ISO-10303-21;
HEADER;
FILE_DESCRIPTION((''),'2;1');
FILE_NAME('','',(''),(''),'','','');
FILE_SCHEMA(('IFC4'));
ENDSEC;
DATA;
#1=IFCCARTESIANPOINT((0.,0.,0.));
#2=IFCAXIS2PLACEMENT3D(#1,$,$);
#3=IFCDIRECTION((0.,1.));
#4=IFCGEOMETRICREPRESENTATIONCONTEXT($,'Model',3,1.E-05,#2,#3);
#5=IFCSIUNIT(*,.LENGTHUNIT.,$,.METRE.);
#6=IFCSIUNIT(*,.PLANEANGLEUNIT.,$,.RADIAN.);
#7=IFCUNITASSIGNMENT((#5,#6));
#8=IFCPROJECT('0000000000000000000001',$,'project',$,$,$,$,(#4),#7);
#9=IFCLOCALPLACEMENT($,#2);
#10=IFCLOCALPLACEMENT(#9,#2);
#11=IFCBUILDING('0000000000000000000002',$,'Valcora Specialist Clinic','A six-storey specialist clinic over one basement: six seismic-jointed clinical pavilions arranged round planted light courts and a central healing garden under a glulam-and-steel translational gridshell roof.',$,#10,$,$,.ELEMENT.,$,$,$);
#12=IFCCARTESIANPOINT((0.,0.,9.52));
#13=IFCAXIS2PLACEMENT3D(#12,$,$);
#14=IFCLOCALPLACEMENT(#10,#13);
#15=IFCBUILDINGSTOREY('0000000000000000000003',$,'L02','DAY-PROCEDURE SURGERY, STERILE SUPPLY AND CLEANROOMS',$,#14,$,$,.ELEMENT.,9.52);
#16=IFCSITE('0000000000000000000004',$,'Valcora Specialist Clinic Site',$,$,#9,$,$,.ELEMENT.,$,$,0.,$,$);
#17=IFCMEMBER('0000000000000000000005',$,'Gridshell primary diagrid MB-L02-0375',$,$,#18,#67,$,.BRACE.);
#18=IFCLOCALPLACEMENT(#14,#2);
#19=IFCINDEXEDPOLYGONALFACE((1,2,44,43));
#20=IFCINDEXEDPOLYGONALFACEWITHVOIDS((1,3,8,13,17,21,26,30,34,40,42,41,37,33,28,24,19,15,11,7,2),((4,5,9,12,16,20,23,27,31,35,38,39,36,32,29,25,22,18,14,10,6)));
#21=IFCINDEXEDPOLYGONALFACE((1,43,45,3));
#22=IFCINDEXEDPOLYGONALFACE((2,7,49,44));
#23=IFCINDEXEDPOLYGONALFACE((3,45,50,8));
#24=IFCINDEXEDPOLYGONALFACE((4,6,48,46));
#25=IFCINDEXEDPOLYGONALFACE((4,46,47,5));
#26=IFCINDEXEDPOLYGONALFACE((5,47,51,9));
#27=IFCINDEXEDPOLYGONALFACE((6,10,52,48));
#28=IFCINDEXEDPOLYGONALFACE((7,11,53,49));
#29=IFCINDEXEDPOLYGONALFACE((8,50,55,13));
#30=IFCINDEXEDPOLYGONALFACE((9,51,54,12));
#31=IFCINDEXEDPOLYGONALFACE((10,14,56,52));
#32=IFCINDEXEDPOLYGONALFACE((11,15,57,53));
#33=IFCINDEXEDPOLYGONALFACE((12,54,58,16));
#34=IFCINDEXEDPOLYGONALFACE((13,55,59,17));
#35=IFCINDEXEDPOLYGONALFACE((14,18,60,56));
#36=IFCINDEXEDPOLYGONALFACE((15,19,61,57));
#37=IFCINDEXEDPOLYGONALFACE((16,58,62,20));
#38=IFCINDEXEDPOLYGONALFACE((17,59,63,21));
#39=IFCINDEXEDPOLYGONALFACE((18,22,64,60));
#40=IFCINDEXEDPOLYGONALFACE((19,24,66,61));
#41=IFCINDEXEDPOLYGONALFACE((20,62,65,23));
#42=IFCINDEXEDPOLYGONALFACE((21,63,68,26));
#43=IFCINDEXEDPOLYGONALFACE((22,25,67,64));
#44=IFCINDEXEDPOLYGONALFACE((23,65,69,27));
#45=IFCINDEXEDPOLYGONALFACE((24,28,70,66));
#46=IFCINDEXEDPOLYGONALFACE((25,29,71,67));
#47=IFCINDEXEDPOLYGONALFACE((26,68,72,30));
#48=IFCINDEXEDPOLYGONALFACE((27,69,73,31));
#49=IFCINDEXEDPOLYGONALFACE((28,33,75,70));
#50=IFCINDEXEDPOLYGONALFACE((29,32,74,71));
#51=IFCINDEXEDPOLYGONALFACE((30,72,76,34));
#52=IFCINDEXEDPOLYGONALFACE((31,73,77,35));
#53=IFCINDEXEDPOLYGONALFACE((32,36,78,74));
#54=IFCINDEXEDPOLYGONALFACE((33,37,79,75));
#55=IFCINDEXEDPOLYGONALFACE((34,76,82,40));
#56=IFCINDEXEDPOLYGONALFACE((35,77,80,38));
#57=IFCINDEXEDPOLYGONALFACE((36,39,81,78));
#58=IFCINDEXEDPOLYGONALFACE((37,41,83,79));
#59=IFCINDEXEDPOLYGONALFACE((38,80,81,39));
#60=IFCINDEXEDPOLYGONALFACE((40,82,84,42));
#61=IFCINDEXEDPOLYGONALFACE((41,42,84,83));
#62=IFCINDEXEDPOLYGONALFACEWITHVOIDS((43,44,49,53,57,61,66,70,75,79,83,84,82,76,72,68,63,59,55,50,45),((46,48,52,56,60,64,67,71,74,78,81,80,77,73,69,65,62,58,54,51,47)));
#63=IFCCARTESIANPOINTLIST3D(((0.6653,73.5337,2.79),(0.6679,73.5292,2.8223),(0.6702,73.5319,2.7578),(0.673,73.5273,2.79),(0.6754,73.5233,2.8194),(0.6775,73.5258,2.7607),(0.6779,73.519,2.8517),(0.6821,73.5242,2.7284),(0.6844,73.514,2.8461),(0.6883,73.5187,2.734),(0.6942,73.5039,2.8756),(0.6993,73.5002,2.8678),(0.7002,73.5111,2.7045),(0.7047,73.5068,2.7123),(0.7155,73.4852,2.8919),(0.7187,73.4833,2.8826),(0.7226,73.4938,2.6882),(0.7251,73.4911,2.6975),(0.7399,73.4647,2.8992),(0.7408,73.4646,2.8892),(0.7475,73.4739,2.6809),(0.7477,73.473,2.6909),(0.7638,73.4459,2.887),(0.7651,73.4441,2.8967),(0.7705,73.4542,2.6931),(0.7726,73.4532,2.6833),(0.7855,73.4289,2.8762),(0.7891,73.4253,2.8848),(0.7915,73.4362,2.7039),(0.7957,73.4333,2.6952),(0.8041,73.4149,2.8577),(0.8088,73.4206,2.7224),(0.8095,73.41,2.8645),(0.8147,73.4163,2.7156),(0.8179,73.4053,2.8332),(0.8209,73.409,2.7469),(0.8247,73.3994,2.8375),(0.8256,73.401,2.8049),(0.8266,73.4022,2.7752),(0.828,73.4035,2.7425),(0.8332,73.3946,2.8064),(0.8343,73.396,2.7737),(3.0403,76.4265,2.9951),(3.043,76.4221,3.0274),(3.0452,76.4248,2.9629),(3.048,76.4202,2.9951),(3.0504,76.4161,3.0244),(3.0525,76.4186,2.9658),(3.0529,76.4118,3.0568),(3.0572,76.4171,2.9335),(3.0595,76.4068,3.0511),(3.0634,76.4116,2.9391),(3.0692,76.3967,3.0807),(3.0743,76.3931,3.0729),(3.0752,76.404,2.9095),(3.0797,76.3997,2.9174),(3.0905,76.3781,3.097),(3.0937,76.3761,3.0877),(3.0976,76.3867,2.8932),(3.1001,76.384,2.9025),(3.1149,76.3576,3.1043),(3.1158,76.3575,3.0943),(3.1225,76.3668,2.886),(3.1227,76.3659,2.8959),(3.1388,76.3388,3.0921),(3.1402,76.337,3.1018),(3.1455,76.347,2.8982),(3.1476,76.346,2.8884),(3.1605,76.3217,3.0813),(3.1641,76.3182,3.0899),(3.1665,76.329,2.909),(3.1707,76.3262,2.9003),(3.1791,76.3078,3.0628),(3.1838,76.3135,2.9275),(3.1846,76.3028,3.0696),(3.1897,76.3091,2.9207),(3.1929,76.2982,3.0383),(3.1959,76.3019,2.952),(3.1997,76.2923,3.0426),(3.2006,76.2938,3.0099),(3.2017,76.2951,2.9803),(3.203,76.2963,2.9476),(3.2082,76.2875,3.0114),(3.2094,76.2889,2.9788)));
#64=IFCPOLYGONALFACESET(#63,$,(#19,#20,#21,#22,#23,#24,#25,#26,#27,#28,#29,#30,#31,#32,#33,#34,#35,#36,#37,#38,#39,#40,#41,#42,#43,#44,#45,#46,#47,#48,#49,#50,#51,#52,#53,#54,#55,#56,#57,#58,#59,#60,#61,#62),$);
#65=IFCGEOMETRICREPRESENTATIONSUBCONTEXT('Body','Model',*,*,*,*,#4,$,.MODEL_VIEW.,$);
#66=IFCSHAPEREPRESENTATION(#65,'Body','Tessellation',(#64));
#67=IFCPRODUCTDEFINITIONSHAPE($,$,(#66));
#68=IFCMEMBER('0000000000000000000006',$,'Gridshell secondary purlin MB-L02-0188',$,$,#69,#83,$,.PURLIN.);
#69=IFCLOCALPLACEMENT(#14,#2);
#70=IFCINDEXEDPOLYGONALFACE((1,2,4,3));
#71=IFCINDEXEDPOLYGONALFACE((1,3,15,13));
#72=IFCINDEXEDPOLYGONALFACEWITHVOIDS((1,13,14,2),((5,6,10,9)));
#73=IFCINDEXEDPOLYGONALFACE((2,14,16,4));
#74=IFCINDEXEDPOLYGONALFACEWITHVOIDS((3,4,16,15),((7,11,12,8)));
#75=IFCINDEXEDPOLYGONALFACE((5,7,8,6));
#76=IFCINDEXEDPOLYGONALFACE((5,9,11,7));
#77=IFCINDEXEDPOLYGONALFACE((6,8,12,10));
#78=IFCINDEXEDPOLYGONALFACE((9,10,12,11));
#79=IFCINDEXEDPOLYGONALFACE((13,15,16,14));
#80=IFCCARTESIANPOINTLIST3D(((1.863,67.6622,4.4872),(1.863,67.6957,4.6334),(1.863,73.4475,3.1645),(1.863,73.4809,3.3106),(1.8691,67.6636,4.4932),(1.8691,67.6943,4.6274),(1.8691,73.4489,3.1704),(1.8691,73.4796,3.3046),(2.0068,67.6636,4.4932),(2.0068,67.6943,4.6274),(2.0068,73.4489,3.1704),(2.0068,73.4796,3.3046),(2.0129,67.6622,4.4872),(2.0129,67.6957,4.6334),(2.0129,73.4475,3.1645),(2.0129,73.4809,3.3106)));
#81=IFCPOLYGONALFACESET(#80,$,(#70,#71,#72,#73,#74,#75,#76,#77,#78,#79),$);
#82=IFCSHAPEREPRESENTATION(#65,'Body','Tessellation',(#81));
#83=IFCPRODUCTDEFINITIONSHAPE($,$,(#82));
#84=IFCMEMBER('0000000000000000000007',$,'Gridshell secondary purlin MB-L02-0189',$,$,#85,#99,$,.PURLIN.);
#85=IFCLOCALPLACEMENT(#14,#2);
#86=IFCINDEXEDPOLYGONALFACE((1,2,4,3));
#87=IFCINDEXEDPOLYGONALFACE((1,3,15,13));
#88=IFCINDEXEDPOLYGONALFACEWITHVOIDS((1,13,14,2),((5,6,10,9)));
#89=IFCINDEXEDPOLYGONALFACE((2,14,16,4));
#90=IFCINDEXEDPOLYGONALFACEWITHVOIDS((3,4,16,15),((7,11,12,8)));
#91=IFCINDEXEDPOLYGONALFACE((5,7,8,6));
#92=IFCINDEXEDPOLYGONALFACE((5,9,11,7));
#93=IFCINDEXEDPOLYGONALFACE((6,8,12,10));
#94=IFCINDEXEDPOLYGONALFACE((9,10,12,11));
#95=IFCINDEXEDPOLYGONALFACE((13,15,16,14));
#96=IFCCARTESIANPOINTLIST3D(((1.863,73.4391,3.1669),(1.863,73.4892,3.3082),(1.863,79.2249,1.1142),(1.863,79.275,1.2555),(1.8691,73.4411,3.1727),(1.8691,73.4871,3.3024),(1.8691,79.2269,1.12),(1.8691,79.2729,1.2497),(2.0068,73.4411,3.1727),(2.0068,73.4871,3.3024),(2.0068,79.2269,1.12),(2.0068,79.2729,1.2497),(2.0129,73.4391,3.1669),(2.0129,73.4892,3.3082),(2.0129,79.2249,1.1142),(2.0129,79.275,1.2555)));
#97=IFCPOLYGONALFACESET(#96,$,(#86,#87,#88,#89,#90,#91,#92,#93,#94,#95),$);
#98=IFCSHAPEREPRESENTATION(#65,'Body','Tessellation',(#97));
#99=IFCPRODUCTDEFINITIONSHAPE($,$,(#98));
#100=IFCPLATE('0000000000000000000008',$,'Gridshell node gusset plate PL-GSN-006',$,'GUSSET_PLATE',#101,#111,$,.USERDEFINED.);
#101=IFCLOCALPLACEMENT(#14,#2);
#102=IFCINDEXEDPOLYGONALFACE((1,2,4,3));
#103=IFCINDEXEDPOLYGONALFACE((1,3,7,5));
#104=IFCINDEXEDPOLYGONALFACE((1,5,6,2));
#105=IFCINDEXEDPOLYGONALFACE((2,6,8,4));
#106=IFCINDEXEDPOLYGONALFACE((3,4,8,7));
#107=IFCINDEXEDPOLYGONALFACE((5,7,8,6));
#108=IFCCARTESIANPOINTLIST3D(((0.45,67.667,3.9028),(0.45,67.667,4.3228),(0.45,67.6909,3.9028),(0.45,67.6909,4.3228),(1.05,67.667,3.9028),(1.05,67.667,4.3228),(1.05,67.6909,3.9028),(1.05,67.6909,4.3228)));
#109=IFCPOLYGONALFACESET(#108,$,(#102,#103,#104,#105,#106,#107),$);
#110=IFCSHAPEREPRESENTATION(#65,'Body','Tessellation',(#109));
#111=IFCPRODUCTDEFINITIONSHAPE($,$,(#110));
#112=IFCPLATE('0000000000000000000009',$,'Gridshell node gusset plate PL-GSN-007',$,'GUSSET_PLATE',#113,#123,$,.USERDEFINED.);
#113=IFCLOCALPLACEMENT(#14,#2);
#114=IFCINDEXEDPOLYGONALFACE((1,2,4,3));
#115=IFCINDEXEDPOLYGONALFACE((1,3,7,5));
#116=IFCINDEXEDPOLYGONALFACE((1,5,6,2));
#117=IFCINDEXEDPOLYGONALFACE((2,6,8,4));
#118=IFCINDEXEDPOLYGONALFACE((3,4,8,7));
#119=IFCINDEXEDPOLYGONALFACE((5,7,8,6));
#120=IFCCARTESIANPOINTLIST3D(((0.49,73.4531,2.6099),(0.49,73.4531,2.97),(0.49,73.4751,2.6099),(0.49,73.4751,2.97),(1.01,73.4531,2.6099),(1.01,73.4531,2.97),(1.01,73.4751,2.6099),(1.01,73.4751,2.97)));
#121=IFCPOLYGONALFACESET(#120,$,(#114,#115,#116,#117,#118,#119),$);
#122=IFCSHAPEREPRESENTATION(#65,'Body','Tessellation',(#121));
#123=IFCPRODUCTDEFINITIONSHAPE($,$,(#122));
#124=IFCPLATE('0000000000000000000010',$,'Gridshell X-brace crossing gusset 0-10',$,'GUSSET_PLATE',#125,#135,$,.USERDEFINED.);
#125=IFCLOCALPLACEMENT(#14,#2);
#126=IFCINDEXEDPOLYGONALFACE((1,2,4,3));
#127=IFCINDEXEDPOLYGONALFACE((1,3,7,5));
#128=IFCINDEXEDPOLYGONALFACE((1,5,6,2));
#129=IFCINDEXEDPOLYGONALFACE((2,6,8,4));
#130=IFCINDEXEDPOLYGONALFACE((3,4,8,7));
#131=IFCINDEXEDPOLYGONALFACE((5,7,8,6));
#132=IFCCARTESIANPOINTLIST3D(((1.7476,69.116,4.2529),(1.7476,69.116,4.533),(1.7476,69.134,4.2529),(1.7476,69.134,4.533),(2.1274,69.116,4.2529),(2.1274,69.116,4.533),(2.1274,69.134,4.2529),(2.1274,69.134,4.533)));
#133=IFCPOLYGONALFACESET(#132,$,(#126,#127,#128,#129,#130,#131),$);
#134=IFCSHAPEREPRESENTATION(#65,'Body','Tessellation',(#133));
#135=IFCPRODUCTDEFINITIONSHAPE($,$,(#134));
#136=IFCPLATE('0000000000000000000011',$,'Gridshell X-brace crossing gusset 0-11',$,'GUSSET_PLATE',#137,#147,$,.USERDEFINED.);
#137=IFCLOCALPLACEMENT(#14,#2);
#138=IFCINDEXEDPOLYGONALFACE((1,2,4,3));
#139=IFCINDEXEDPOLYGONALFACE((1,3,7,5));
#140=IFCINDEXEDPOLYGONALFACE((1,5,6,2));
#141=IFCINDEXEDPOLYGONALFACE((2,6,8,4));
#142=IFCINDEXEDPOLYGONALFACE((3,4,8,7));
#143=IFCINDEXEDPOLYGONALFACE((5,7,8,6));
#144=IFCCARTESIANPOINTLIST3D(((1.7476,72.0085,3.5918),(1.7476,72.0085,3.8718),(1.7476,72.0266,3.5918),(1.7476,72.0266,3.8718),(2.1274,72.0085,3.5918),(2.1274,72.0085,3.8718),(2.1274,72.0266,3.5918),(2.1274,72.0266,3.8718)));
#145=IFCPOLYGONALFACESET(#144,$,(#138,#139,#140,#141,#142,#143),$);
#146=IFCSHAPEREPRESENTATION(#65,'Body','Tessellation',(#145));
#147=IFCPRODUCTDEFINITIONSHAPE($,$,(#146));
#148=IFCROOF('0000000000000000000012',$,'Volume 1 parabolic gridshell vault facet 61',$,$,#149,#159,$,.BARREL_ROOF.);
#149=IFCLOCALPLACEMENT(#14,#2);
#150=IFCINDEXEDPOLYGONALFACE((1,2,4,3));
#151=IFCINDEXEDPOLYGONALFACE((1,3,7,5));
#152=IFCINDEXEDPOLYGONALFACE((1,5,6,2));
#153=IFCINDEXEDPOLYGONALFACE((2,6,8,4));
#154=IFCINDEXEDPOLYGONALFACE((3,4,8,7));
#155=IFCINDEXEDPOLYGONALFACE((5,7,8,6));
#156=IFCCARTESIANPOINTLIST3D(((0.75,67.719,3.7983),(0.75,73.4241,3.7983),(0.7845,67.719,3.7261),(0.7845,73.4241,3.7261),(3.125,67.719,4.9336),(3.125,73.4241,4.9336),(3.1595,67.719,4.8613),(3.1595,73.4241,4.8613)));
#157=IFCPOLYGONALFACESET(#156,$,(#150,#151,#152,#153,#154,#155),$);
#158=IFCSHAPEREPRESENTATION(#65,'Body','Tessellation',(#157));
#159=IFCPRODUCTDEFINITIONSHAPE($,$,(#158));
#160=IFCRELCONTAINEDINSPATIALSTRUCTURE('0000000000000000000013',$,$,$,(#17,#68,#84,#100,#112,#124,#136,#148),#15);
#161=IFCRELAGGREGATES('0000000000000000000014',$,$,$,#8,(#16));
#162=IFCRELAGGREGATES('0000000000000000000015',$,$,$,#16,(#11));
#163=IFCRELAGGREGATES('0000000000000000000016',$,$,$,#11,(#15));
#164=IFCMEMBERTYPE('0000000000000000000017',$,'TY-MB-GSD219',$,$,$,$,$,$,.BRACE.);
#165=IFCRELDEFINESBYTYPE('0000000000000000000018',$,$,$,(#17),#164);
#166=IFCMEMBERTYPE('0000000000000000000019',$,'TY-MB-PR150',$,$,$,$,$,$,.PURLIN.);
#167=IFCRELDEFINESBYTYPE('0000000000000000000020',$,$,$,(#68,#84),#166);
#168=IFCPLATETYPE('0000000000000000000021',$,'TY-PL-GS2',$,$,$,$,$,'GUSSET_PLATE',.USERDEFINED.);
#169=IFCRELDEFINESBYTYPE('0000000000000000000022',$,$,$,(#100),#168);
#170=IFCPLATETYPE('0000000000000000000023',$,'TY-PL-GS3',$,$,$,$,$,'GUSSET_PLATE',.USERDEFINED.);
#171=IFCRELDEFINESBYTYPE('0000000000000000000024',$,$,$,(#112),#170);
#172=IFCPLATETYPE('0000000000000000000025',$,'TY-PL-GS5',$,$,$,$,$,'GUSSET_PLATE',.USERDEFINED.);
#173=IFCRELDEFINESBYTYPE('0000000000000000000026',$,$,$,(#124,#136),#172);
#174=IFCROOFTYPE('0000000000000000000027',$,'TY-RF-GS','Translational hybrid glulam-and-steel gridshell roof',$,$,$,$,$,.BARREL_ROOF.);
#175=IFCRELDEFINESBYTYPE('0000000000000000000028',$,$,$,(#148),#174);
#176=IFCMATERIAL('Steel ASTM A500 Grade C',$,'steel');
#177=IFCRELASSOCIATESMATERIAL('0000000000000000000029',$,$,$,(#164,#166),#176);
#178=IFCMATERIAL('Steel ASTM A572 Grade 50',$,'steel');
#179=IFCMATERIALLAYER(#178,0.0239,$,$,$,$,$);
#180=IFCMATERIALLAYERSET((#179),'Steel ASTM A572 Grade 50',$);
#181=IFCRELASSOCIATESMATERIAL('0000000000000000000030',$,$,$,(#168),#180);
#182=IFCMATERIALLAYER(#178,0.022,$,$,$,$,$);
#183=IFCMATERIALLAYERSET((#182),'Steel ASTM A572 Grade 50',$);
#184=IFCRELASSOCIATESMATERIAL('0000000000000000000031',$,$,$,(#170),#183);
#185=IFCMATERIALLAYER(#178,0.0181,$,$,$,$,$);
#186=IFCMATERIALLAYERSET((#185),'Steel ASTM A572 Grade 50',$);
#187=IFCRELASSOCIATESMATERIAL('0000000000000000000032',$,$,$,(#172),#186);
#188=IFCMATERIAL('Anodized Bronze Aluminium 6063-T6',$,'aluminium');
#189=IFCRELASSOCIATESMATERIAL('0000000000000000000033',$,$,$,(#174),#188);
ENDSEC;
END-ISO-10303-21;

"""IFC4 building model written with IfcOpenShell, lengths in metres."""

from ifc_helpers import new_model, si_unit, direction, frame, origin, origin_2d, place, context, subcontext, project, spatial, polyline, rectangle, hollow_rectangle, hollow_circle, outline, extrude, material, layer, layer_set, material_profile, profile_set, type_object, element, save


model = new_model("IFC4")

# Units and contexts
model_context = context("Model", 3, precision=1e-05, world=origin(), true_north=direction((0.0, 1.0)))
body_context = subcontext(model_context, "Body", "Model", "MODEL_VIEW")
ifc_project = project(units=[si_unit("LENGTHUNIT", "METRE"), si_unit("PLANEANGLEUNIT", "RADIAN")], contexts=[model_context])

# Site, building, storey
site_placement = place(None, origin())
site = spatial("IfcSite", under=ifc_project, at=site_placement, Name="Valcora Specialist Clinic Site", CompositionType="ELEMENT", RefElevation=0.0)
building_placement = place(site_placement, origin())
building = spatial("IfcBuilding", under=site, at=building_placement, Name="Valcora Specialist Clinic", Description="A six-storey specialist clinic over one basement: six seismic-jointed clinical pavilions arranged round planted light courts and a central healing garden under a glulam-and-steel translational gridshell roof.", CompositionType="ELEMENT")
storey_placement = place(building_placement, frame((0.0, 0.0, 9.52)))
storey = spatial("IfcBuildingStorey", under=building, at=storey_placement, Name="L02", Description="DAY-PROCEDURE SURGERY, STERILE SUPPLY AND CLEANROOMS", CompositionType="ELEMENT", Elevation=9.52)

# Members
ifc_material_1 = material(Name="Steel ASTM A500 Grade C", Category="steel")
ifc_material_profile_1 = material_profile(ifc_material_1, hollow_circle(Radius=0.1096, WallThickness=0.01, at=origin_2d()), Name="ST-CHS-219X10")
ifc_profile_set_1 = profile_set([ifc_material_profile_1], Name="Steel ASTM A500 Grade C")
member_type_1 = type_object("IfcMemberType", Name="TY-MB-GSD219", PredefinedType="BRACE", material=ifc_profile_set_1)
member_1_placement = place(storey_placement, frame((0.75, 73.4641, 2.79), z_axis=(0.63359, 0.771732, 0.05471), x_axis=(-0.77289, 0.63454, 0.0)))
element("IfcMember", 1, at=member_1_placement, inside=storey, type_object=member_type_1, Name="Gridshell primary diagrid MB-L02-0375", PredefinedType="BRACE", context=body_context, shape_type="SweptSolid", body=[
    extrude(hollow_circle(Radius=0.1096, WallThickness=0.01, at=origin_2d()), origin(), (0.0, 0.0, 1.0), 3.7485),
])
ifc_material_profile_2 = material_profile(ifc_material_1, hollow_rectangle(XDim=0.1499, YDim=0.1499, WallThickness=0.0061, at=origin_2d()), Name="ST-RHS-150X150X6")
ifc_profile_set_2 = profile_set([ifc_material_profile_2], Name="Steel ASTM A500 Grade C")
member_type_2 = type_object("IfcMemberType", Name="TY-MB-PR150", PredefinedType="PURLIN", material=ifc_profile_set_2)
member_2_placement = place(storey_placement, frame((1.938, 67.679, 4.5603), z_axis=(0.0, 0.974843, -0.222894), x_axis=(-1.0, 0.0, 0.0)))
element("IfcMember", 2, at=member_2_placement, inside=storey, type_object=member_type_2, Name="Gridshell secondary purlin MB-L02-0188", PredefinedType="PURLIN", context=body_context, shape_type="SweptSolid", body=[
    extrude(hollow_rectangle(XDim=0.1499, YDim=0.1499, WallThickness=0.0061, at=origin_2d()), origin(), (0.0, 0.0, 1.0), 5.9346),
])
member_3_placement = place(storey_placement, frame((1.938, 73.4641, 3.2375), z_axis=(0.0, 0.942444, -0.334363), x_axis=(-1.0, 0.0, 0.0)))
element("IfcMember", 3, at=member_3_placement, inside=storey, type_object=member_type_2, Name="Gridshell secondary purlin MB-L02-0189", PredefinedType="PURLIN", context=body_context, shape_type="SweptSolid", body=[
    extrude(hollow_rectangle(XDim=0.1499, YDim=0.1499, WallThickness=0.0061, at=origin_2d()), origin(), (0.0, 0.0, 1.0), 6.1392),
])

# Plates
ifc_material_2 = material(Name="Steel ASTM A572 Grade 50", Category="steel")
ifc_layer_1 = layer(ifc_material_2, 0.0239)
ifc_layer_set_1 = layer_set([ifc_layer_1], Name="Steel ASTM A572 Grade 50")
plate_type_1 = type_object("IfcPlateType", Name="TY-PL-GS2", ElementType="GUSSET_PLATE", PredefinedType="USERDEFINED", material=ifc_layer_set_1)
plate_1_placement = place(storey_placement, frame((0.75, 67.679, 3.9028), z_axis=(0.0, 0.0, 1.0), x_axis=(1.0, 0.0, 0.0)))
element("IfcPlate", 4, at=plate_1_placement, inside=storey, type_object=plate_type_1, Name="Gridshell node gusset plate PL-GSN-006", ObjectType="GUSSET_PLATE", PredefinedType="USERDEFINED", context=body_context, shape_type="SweptSolid", body=[
    extrude(rectangle(XDim=0.6001, YDim=0.0239, at=origin_2d()), origin(), (0.0, 0.0, 1.0), 0.4199),
])
ifc_layer_2 = layer(ifc_material_2, 0.022)
ifc_layer_set_2 = layer_set([ifc_layer_2], Name="Steel ASTM A572 Grade 50")
plate_type_2 = type_object("IfcPlateType", Name="TY-PL-GS3", ElementType="GUSSET_PLATE", PredefinedType="USERDEFINED", material=ifc_layer_set_2)
plate_2_placement = place(storey_placement, frame((0.75, 73.4641, 2.6099), z_axis=(0.0, 0.0, 1.0), x_axis=(1.0, 0.0, 0.0)))
element("IfcPlate", 5, at=plate_2_placement, inside=storey, type_object=plate_type_2, Name="Gridshell node gusset plate PL-GSN-007", ObjectType="GUSSET_PLATE", PredefinedType="USERDEFINED", context=body_context, shape_type="SweptSolid", body=[
    extrude(rectangle(XDim=0.52, YDim=0.022, at=origin_2d()), origin(), (0.0, 0.0, 1.0), 0.3601),
])
ifc_layer_3 = layer(ifc_material_2, 0.0181)
ifc_layer_set_3 = layer_set([ifc_layer_3], Name="Steel ASTM A572 Grade 50")
plate_type_3 = type_object("IfcPlateType", Name="TY-PL-GS5", ElementType="GUSSET_PLATE", PredefinedType="USERDEFINED", material=ifc_layer_set_3)
for number, where, z_axis, x_axis, name in (
    (6, (1.9375, 69.125, 4.2529), (0.0, 0.0, 1.0), (1.0, 0.0, 0.0), "Gridshell X-brace crossing gusset 0-10"),
    (7, (1.9375, 72.0176, 3.5918), (0.0, 0.0, 1.0), (1.0, 0.0, 0.0), "Gridshell X-brace crossing gusset 0-11"),
):
    element("IfcPlate", number, at=place(storey_placement, frame(where, z_axis=z_axis, x_axis=x_axis)), inside=storey, type_object=plate_type_3, Name=name, ObjectType="GUSSET_PLATE", PredefinedType="USERDEFINED", context=body_context, shape_type="SweptSolid", body=[
        extrude(rectangle(XDim=0.3799, YDim=0.0181, at=origin_2d()), origin(), (0.0, 0.0, 1.0), 0.28),
    ])

# Roof
ifc_material_3 = material(Name="Anodized Bronze Aluminium 6063-T6", Category="aluminium")
roof_type = type_object("IfcRoofType", Name="TY-RF-GS", Description="Translational hybrid glulam-and-steel gridshell roof", PredefinedType="BARREL_ROOF", material=ifc_material_3)
roof_placement = place(storey_placement, frame((0.75, 67.719, 3.7983), z_axis=(-0.431265, 0.0, 0.902225), x_axis=(0.902225, 0.0, 0.431265)))
element("IfcRoof", 8, at=roof_placement, inside=storey, type_object=roof_type, Name="Volume 1 parabolic gridshell vault facet 61", PredefinedType="BARREL_ROOF", context=body_context, shape_type="SweptSolid", body=[
    extrude(outline(polyline([(0.0, 0.0), (2.6324, 0.0), (2.6324, 5.7051), (0.0, 5.7051), (0.0, 0.0)])), origin(), (0.0, 0.0, -1.0), 0.0801),
])

save(model, "model.ifc")
